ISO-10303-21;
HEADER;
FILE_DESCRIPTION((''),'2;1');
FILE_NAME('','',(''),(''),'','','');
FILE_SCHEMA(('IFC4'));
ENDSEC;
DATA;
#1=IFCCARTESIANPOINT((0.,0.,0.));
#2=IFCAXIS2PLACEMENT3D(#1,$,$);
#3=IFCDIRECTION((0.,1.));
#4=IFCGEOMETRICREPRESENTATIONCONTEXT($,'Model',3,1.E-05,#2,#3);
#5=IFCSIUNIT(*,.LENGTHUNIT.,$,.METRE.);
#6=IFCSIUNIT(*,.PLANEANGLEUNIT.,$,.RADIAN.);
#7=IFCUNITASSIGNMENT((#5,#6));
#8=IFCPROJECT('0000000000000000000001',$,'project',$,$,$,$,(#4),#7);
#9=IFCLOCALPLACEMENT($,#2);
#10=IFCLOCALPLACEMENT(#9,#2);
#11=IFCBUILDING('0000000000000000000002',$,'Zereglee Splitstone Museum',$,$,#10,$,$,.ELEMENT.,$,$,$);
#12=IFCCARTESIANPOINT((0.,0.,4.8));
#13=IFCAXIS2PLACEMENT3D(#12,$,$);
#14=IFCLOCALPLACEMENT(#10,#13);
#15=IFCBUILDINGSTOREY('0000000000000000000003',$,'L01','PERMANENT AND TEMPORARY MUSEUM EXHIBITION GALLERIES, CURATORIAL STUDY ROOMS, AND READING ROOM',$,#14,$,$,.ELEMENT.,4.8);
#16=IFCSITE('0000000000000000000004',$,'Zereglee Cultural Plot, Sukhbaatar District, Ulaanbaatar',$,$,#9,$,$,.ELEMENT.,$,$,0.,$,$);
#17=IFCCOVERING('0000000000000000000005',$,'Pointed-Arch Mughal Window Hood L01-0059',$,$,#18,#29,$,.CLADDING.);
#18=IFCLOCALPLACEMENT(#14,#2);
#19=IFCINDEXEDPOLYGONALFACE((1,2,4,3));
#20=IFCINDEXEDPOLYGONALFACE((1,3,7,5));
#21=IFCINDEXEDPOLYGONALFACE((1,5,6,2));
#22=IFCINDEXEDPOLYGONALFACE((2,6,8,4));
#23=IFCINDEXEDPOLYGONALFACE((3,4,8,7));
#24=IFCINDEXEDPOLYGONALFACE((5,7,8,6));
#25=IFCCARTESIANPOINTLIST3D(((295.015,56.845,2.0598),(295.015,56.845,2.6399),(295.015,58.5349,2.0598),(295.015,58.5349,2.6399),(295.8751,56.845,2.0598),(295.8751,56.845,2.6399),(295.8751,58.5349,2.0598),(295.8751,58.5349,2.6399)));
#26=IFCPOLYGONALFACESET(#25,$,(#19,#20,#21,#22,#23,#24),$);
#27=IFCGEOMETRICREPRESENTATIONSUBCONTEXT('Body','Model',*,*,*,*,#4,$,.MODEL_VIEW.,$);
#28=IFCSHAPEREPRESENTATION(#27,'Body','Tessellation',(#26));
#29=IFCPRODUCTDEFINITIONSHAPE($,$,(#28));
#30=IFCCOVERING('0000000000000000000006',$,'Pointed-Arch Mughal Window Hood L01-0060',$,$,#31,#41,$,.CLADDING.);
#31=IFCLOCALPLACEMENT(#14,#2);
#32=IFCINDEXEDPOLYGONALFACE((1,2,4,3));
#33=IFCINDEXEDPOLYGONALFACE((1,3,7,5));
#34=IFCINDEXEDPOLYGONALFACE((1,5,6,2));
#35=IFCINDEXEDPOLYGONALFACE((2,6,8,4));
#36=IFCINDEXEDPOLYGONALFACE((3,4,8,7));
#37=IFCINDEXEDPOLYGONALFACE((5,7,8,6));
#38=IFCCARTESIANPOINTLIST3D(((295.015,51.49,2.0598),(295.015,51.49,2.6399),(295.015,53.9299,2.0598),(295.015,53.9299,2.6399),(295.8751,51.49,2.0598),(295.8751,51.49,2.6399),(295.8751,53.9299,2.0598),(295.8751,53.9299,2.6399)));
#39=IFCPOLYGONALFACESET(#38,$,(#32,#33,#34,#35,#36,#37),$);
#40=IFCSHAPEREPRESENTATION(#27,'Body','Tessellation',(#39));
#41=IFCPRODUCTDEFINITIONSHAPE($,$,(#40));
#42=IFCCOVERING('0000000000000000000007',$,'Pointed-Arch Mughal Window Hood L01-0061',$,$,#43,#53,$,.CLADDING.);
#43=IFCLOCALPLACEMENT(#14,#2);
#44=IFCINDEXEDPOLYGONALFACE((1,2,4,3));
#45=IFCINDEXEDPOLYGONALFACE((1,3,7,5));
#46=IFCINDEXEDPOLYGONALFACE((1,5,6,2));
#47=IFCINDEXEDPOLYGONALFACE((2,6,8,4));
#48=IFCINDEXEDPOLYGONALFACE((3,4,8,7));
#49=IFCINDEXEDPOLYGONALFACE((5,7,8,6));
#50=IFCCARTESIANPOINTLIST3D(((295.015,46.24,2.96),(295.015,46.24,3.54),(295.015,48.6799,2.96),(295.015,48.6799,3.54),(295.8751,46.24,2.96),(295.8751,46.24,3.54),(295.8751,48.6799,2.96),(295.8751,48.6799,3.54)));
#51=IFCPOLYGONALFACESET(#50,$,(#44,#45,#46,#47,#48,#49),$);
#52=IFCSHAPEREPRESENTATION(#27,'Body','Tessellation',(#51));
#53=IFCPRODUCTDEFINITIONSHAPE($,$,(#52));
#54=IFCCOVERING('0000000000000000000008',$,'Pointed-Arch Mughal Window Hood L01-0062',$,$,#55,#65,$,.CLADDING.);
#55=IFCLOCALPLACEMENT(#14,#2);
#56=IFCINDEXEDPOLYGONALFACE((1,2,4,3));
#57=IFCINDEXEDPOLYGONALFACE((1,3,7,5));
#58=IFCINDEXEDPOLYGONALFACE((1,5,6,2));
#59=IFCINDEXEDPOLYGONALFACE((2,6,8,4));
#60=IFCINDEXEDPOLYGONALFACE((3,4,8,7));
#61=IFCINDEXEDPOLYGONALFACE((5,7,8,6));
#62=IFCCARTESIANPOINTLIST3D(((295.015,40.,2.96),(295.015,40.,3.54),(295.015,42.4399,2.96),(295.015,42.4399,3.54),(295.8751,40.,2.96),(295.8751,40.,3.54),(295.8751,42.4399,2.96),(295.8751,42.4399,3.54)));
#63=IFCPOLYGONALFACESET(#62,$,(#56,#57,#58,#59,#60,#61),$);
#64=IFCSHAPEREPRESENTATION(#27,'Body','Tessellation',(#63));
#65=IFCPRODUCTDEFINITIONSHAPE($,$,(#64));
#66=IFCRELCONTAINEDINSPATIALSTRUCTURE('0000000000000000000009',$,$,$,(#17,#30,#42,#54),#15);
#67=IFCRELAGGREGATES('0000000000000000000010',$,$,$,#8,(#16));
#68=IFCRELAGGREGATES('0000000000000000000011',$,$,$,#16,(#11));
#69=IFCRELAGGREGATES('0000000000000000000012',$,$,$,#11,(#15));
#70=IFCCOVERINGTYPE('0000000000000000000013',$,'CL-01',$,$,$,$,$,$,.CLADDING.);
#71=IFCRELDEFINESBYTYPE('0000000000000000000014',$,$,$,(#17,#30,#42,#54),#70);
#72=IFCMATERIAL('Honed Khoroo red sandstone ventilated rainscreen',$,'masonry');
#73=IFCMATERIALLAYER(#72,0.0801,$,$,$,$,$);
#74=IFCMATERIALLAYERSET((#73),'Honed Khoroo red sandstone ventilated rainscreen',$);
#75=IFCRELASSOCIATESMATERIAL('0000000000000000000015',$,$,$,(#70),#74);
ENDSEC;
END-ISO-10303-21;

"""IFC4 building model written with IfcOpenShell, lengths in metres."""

from ifc_helpers import new_model, si_unit, direction, frame, origin, origin_2d, place, context, subcontext, project, spatial, rectangle, extrude, material, layer, layer_set, type_object, element, save


model = new_model("IFC4")

# Units and contexts
model_context = context("Model", 3, precision=1e-05, world=origin(), true_north=direction((0.0, 1.0)))
body_context = subcontext(model_context, "Body", "Model", "MODEL_VIEW")
ifc_project = project(units=[si_unit("LENGTHUNIT", "METRE"), si_unit("PLANEANGLEUNIT", "RADIAN")], contexts=[model_context])

# Site, building, storey
site_placement = place(None, origin())
site = spatial("IfcSite", under=ifc_project, at=site_placement, Name="Zereglee Cultural Plot, Sukhbaatar District, Ulaanbaatar", CompositionType="ELEMENT", RefElevation=0.0)
building_placement = place(site_placement, origin())
building = spatial("IfcBuilding", under=site, at=building_placement, Name="Zereglee Splitstone Museum", CompositionType="ELEMENT")
storey_placement = place(building_placement, frame((0.0, 0.0, 4.8)))
storey = spatial("IfcBuildingStorey", under=building, at=storey_placement, Name="L01", Description="PERMANENT AND TEMPORARY MUSEUM EXHIBITION GALLERIES, CURATORIAL STUDY ROOMS, AND READING ROOM", CompositionType="ELEMENT", Elevation=4.8)

# Coverings
ifc_material_1 = material(Name="Honed Khoroo red sandstone ventilated rainscreen", Category="masonry")
ifc_layer_1 = layer(ifc_material_1, 0.0801)
ifc_layer_set_1 = layer_set([ifc_layer_1], Name="Honed Khoroo red sandstone ventilated rainscreen")
covering_type_1 = type_object("IfcCoveringType", Name="CL-01", PredefinedType="CLADDING", material=ifc_layer_set_1)
covering_1_placement = place(storey_placement, frame((295.4451, 57.6899, 2.0598), z_axis=(0.0, 0.0, 1.0), x_axis=(0.0, -1.0, 0.0)))
element("IfcCovering", 1, at=covering_1_placement, inside=storey, type_object=covering_type_1, Name="Pointed-Arch Mughal Window Hood L01-0059", PredefinedType="CLADDING", context=body_context, shape_type="SweptSolid", body=[
    extrude(rectangle(XDim=1.6899, YDim=0.8601, at=origin_2d()), origin(), (0.0, 0.0, 1.0), 0.5801),
])
for number, where, z_axis, x_axis, name in (
    (2, (295.4451, 52.71, 2.0598), (0.0, 0.0, 1.0), (0.0, -1.0, 0.0), "Pointed-Arch Mughal Window Hood L01-0060"),
    (3, (295.4451, 47.46, 2.96), (0.0, 0.0, 1.0), (0.0, -1.0, 0.0), "Pointed-Arch Mughal Window Hood L01-0061"),
    (4, (295.4451, 41.22, 2.96), (0.0, 0.0, 1.0), (0.0, -1.0, 0.0), "Pointed-Arch Mughal Window Hood L01-0062"),
):
    element("IfcCovering", number, at=place(storey_placement, frame(where, z_axis=z_axis, x_axis=x_axis)), inside=storey, type_object=covering_type_1, Name=name, PredefinedType="CLADDING", context=body_context, shape_type="SweptSolid", body=[
        extrude(rectangle(XDim=2.4399, YDim=0.8601, at=origin_2d()), origin(), (0.0, 0.0, 1.0), 0.5801),
    ])

save(model, "model.ifc")
